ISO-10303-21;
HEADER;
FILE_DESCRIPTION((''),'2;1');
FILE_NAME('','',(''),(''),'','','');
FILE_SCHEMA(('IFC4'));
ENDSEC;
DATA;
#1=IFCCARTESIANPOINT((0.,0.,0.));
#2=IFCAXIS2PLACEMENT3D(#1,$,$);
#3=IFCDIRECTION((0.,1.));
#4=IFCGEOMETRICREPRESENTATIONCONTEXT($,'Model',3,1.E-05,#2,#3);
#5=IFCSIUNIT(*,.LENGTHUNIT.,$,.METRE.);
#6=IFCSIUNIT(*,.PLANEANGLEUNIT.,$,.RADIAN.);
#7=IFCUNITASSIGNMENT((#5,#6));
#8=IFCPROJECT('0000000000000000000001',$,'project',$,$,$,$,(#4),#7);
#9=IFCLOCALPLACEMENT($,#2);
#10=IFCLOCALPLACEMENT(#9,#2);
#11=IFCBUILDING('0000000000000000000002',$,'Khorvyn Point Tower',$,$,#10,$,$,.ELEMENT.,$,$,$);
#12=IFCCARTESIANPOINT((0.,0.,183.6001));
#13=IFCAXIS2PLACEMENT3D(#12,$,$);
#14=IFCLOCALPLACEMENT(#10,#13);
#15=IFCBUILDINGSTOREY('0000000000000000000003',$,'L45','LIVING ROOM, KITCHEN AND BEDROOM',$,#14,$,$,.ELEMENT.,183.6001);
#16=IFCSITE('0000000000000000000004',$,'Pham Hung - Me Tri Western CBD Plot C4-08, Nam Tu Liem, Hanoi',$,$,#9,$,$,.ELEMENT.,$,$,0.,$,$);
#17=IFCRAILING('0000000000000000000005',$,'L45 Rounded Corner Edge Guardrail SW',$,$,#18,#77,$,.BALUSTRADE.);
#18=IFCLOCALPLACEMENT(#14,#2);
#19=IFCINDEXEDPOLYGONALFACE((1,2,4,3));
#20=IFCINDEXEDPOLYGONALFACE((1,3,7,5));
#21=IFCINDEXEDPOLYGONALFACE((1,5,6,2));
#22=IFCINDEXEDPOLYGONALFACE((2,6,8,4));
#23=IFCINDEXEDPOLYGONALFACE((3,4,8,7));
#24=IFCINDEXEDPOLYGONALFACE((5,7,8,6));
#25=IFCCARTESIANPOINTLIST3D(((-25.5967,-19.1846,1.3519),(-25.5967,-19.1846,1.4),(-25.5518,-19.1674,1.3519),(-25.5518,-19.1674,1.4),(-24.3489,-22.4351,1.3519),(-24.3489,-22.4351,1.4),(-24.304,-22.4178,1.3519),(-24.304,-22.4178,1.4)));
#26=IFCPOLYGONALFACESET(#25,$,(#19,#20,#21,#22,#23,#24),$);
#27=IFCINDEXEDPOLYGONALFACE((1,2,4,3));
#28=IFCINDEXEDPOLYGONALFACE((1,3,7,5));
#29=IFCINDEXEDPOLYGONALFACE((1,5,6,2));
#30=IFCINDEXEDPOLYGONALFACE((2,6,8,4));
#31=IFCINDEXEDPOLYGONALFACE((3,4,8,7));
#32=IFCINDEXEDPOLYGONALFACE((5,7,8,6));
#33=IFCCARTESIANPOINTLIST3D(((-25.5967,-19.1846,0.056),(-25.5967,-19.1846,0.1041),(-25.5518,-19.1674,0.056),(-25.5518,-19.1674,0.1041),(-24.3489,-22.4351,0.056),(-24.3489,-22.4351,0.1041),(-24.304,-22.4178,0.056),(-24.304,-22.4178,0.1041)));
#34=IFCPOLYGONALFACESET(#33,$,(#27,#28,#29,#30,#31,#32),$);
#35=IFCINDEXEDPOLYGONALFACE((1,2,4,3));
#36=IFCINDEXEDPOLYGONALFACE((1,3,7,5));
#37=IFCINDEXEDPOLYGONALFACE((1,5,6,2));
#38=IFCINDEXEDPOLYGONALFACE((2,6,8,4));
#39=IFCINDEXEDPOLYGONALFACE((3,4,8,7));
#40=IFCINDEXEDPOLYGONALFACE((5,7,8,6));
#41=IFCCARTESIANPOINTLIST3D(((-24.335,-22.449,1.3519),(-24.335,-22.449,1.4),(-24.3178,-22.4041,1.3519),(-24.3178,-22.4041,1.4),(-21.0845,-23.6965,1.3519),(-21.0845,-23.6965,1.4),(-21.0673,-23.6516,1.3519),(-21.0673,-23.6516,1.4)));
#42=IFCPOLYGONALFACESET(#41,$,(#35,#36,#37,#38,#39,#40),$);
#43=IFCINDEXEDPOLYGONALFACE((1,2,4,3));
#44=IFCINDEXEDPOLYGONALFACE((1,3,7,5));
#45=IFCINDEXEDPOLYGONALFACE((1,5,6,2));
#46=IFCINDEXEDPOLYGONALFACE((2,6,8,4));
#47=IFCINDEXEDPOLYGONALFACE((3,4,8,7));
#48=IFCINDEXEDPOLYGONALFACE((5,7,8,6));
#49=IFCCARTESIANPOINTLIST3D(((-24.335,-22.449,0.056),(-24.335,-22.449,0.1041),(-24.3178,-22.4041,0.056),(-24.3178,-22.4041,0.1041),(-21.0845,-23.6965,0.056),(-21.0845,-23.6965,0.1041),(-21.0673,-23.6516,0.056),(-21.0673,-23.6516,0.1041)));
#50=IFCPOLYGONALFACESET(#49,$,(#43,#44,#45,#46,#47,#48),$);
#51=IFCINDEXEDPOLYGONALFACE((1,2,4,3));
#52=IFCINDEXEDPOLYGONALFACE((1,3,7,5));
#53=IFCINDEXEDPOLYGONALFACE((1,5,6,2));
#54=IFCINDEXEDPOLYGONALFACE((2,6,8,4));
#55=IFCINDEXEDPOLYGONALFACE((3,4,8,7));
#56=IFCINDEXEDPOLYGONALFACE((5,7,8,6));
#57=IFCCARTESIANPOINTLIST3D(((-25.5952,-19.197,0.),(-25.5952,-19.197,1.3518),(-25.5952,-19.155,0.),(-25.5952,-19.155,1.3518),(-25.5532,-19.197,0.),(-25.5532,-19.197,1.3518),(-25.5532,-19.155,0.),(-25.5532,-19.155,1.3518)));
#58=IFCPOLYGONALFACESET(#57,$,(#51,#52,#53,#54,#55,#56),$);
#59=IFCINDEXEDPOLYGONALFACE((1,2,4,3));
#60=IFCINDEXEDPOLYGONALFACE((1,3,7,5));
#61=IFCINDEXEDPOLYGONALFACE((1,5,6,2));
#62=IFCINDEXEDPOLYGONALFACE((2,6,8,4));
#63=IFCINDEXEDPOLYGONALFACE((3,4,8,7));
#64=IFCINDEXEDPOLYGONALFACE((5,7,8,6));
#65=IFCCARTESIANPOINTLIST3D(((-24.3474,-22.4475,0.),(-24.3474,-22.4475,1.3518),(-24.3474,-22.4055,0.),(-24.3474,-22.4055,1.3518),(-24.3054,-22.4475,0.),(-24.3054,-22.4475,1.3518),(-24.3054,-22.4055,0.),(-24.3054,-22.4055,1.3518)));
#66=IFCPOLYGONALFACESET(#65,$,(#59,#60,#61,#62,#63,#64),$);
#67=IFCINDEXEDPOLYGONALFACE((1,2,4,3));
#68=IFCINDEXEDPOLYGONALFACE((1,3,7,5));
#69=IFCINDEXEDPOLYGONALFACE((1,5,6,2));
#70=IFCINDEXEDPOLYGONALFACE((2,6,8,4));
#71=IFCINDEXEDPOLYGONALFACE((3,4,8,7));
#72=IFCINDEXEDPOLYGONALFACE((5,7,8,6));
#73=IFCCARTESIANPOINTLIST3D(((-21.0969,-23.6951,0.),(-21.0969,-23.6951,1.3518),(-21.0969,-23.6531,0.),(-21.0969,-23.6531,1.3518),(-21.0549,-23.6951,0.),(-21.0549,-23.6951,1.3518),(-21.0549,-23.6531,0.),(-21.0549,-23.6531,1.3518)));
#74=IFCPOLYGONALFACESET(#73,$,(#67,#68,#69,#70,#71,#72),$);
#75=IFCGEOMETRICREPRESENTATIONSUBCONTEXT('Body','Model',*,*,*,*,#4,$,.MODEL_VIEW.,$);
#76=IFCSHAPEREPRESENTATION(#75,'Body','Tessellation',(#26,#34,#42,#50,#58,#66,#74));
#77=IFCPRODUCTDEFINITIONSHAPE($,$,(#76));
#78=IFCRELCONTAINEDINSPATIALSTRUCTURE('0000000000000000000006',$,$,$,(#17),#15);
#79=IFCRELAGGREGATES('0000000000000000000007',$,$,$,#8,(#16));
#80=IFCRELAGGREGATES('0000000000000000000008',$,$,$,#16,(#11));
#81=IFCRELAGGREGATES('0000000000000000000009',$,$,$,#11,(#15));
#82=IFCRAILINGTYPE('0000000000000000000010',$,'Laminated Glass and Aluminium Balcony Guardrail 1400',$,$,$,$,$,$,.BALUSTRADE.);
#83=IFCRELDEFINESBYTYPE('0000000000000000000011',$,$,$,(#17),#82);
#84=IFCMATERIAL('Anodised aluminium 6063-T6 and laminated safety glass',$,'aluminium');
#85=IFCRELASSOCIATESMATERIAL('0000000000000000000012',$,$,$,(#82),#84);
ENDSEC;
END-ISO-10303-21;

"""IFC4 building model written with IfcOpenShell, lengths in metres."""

from ifc_helpers import new_model, si_unit, direction, frame, origin, origin_2d, place, context, subcontext, project, spatial, rectangle, extrude, material, type_object, element, save


model = new_model("IFC4")

# Units and contexts
model_context = context("Model", 3, precision=1e-05, world=origin(), true_north=direction((0.0, 1.0)))
body_context = subcontext(model_context, "Body", "Model", "MODEL_VIEW")
ifc_project = project(units=[si_unit("LENGTHUNIT", "METRE"), si_unit("PLANEANGLEUNIT", "RADIAN")], contexts=[model_context])

# Site, building, storey
site_placement = place(None, origin())
site = spatial("IfcSite", under=ifc_project, at=site_placement, Name="Pham Hung - Me Tri Western CBD Plot C4-08, Nam Tu Liem, Hanoi", CompositionType="ELEMENT", RefElevation=0.0)
building_placement = place(site_placement, origin())
building = spatial("IfcBuilding", under=site, at=building_placement, Name="Khorvyn Point Tower", CompositionType="ELEMENT")
storey_placement = place(building_placement, frame((0.0, 0.0, 183.6001)))
storey = spatial("IfcBuildingStorey", under=building, at=storey_placement, Name="L45", Description="LIVING ROOM, KITCHEN AND BEDROOM", CompositionType="ELEMENT", Elevation=183.6001)

# Railing
ifc_material_1 = material(Name="Anodised aluminium 6063-T6 and laminated safety glass", Category="aluminium")
railing_type = type_object("IfcRailingType", Name="Laminated Glass and Aluminium Balcony Guardrail 1400", PredefinedType="BALUSTRADE", material=ifc_material_1)
railing_1_placement = place(storey_placement, frame((-25.5742, -19.176, 0.0)))
element("IfcRailing", 1, at=railing_1_placement, inside=storey, type_object=railing_type, Name="L45 Rounded Corner Edge Guardrail SW", PredefinedType="BALUSTRADE", context=body_context, shape_type="SweptSolid", body=[
    extrude(rectangle(XDim=0.0481, YDim=0.0481, at=origin_2d()), frame((0.0, 0.0, 1.376), z_axis=(0.358382, -0.933575, 0.0), x_axis=(0.933575, 0.358382, 0.0)), (0.0, 0.0, 1.0), 3.4817),
    extrude(rectangle(XDim=0.0481, YDim=0.0481, at=origin_2d()), frame((0.0, 0.0, 0.0801), z_axis=(0.358382, -0.933575, 0.0), x_axis=(0.933575, 0.358382, 0.0)), (0.0, 0.0, 1.0), 3.4817),
    extrude(rectangle(XDim=0.0481, YDim=0.0481, at=origin_2d()), frame((1.2478, -3.2505, 1.376), z_axis=(0.933598, -0.358321, 0.0), x_axis=(0.358321, 0.933598, 0.0)), (0.0, 0.0, 1.0), 3.4817),
    extrude(rectangle(XDim=0.0481, YDim=0.0481, at=origin_2d()), frame((1.2478, -3.2505, 0.0801), z_axis=(0.933598, -0.358321, 0.0), x_axis=(0.358321, 0.933598, 0.0)), (0.0, 0.0, 1.0), 3.4817),
    extrude(rectangle(XDim=0.042, YDim=0.042, at=origin_2d()), origin(), (0.0, 0.0, 1.0), 1.3518),
    extrude(rectangle(XDim=0.042, YDim=0.042, at=origin_2d()), frame((1.2478, -3.2505, 0.0)), (0.0, 0.0, 1.0), 1.3518),
    extrude(rectangle(XDim=0.042, YDim=0.042, at=origin_2d()), frame((4.4983, -4.498, 0.0)), (0.0, 0.0, 1.0), 1.3518),
])

save(model, "model.ifc")
